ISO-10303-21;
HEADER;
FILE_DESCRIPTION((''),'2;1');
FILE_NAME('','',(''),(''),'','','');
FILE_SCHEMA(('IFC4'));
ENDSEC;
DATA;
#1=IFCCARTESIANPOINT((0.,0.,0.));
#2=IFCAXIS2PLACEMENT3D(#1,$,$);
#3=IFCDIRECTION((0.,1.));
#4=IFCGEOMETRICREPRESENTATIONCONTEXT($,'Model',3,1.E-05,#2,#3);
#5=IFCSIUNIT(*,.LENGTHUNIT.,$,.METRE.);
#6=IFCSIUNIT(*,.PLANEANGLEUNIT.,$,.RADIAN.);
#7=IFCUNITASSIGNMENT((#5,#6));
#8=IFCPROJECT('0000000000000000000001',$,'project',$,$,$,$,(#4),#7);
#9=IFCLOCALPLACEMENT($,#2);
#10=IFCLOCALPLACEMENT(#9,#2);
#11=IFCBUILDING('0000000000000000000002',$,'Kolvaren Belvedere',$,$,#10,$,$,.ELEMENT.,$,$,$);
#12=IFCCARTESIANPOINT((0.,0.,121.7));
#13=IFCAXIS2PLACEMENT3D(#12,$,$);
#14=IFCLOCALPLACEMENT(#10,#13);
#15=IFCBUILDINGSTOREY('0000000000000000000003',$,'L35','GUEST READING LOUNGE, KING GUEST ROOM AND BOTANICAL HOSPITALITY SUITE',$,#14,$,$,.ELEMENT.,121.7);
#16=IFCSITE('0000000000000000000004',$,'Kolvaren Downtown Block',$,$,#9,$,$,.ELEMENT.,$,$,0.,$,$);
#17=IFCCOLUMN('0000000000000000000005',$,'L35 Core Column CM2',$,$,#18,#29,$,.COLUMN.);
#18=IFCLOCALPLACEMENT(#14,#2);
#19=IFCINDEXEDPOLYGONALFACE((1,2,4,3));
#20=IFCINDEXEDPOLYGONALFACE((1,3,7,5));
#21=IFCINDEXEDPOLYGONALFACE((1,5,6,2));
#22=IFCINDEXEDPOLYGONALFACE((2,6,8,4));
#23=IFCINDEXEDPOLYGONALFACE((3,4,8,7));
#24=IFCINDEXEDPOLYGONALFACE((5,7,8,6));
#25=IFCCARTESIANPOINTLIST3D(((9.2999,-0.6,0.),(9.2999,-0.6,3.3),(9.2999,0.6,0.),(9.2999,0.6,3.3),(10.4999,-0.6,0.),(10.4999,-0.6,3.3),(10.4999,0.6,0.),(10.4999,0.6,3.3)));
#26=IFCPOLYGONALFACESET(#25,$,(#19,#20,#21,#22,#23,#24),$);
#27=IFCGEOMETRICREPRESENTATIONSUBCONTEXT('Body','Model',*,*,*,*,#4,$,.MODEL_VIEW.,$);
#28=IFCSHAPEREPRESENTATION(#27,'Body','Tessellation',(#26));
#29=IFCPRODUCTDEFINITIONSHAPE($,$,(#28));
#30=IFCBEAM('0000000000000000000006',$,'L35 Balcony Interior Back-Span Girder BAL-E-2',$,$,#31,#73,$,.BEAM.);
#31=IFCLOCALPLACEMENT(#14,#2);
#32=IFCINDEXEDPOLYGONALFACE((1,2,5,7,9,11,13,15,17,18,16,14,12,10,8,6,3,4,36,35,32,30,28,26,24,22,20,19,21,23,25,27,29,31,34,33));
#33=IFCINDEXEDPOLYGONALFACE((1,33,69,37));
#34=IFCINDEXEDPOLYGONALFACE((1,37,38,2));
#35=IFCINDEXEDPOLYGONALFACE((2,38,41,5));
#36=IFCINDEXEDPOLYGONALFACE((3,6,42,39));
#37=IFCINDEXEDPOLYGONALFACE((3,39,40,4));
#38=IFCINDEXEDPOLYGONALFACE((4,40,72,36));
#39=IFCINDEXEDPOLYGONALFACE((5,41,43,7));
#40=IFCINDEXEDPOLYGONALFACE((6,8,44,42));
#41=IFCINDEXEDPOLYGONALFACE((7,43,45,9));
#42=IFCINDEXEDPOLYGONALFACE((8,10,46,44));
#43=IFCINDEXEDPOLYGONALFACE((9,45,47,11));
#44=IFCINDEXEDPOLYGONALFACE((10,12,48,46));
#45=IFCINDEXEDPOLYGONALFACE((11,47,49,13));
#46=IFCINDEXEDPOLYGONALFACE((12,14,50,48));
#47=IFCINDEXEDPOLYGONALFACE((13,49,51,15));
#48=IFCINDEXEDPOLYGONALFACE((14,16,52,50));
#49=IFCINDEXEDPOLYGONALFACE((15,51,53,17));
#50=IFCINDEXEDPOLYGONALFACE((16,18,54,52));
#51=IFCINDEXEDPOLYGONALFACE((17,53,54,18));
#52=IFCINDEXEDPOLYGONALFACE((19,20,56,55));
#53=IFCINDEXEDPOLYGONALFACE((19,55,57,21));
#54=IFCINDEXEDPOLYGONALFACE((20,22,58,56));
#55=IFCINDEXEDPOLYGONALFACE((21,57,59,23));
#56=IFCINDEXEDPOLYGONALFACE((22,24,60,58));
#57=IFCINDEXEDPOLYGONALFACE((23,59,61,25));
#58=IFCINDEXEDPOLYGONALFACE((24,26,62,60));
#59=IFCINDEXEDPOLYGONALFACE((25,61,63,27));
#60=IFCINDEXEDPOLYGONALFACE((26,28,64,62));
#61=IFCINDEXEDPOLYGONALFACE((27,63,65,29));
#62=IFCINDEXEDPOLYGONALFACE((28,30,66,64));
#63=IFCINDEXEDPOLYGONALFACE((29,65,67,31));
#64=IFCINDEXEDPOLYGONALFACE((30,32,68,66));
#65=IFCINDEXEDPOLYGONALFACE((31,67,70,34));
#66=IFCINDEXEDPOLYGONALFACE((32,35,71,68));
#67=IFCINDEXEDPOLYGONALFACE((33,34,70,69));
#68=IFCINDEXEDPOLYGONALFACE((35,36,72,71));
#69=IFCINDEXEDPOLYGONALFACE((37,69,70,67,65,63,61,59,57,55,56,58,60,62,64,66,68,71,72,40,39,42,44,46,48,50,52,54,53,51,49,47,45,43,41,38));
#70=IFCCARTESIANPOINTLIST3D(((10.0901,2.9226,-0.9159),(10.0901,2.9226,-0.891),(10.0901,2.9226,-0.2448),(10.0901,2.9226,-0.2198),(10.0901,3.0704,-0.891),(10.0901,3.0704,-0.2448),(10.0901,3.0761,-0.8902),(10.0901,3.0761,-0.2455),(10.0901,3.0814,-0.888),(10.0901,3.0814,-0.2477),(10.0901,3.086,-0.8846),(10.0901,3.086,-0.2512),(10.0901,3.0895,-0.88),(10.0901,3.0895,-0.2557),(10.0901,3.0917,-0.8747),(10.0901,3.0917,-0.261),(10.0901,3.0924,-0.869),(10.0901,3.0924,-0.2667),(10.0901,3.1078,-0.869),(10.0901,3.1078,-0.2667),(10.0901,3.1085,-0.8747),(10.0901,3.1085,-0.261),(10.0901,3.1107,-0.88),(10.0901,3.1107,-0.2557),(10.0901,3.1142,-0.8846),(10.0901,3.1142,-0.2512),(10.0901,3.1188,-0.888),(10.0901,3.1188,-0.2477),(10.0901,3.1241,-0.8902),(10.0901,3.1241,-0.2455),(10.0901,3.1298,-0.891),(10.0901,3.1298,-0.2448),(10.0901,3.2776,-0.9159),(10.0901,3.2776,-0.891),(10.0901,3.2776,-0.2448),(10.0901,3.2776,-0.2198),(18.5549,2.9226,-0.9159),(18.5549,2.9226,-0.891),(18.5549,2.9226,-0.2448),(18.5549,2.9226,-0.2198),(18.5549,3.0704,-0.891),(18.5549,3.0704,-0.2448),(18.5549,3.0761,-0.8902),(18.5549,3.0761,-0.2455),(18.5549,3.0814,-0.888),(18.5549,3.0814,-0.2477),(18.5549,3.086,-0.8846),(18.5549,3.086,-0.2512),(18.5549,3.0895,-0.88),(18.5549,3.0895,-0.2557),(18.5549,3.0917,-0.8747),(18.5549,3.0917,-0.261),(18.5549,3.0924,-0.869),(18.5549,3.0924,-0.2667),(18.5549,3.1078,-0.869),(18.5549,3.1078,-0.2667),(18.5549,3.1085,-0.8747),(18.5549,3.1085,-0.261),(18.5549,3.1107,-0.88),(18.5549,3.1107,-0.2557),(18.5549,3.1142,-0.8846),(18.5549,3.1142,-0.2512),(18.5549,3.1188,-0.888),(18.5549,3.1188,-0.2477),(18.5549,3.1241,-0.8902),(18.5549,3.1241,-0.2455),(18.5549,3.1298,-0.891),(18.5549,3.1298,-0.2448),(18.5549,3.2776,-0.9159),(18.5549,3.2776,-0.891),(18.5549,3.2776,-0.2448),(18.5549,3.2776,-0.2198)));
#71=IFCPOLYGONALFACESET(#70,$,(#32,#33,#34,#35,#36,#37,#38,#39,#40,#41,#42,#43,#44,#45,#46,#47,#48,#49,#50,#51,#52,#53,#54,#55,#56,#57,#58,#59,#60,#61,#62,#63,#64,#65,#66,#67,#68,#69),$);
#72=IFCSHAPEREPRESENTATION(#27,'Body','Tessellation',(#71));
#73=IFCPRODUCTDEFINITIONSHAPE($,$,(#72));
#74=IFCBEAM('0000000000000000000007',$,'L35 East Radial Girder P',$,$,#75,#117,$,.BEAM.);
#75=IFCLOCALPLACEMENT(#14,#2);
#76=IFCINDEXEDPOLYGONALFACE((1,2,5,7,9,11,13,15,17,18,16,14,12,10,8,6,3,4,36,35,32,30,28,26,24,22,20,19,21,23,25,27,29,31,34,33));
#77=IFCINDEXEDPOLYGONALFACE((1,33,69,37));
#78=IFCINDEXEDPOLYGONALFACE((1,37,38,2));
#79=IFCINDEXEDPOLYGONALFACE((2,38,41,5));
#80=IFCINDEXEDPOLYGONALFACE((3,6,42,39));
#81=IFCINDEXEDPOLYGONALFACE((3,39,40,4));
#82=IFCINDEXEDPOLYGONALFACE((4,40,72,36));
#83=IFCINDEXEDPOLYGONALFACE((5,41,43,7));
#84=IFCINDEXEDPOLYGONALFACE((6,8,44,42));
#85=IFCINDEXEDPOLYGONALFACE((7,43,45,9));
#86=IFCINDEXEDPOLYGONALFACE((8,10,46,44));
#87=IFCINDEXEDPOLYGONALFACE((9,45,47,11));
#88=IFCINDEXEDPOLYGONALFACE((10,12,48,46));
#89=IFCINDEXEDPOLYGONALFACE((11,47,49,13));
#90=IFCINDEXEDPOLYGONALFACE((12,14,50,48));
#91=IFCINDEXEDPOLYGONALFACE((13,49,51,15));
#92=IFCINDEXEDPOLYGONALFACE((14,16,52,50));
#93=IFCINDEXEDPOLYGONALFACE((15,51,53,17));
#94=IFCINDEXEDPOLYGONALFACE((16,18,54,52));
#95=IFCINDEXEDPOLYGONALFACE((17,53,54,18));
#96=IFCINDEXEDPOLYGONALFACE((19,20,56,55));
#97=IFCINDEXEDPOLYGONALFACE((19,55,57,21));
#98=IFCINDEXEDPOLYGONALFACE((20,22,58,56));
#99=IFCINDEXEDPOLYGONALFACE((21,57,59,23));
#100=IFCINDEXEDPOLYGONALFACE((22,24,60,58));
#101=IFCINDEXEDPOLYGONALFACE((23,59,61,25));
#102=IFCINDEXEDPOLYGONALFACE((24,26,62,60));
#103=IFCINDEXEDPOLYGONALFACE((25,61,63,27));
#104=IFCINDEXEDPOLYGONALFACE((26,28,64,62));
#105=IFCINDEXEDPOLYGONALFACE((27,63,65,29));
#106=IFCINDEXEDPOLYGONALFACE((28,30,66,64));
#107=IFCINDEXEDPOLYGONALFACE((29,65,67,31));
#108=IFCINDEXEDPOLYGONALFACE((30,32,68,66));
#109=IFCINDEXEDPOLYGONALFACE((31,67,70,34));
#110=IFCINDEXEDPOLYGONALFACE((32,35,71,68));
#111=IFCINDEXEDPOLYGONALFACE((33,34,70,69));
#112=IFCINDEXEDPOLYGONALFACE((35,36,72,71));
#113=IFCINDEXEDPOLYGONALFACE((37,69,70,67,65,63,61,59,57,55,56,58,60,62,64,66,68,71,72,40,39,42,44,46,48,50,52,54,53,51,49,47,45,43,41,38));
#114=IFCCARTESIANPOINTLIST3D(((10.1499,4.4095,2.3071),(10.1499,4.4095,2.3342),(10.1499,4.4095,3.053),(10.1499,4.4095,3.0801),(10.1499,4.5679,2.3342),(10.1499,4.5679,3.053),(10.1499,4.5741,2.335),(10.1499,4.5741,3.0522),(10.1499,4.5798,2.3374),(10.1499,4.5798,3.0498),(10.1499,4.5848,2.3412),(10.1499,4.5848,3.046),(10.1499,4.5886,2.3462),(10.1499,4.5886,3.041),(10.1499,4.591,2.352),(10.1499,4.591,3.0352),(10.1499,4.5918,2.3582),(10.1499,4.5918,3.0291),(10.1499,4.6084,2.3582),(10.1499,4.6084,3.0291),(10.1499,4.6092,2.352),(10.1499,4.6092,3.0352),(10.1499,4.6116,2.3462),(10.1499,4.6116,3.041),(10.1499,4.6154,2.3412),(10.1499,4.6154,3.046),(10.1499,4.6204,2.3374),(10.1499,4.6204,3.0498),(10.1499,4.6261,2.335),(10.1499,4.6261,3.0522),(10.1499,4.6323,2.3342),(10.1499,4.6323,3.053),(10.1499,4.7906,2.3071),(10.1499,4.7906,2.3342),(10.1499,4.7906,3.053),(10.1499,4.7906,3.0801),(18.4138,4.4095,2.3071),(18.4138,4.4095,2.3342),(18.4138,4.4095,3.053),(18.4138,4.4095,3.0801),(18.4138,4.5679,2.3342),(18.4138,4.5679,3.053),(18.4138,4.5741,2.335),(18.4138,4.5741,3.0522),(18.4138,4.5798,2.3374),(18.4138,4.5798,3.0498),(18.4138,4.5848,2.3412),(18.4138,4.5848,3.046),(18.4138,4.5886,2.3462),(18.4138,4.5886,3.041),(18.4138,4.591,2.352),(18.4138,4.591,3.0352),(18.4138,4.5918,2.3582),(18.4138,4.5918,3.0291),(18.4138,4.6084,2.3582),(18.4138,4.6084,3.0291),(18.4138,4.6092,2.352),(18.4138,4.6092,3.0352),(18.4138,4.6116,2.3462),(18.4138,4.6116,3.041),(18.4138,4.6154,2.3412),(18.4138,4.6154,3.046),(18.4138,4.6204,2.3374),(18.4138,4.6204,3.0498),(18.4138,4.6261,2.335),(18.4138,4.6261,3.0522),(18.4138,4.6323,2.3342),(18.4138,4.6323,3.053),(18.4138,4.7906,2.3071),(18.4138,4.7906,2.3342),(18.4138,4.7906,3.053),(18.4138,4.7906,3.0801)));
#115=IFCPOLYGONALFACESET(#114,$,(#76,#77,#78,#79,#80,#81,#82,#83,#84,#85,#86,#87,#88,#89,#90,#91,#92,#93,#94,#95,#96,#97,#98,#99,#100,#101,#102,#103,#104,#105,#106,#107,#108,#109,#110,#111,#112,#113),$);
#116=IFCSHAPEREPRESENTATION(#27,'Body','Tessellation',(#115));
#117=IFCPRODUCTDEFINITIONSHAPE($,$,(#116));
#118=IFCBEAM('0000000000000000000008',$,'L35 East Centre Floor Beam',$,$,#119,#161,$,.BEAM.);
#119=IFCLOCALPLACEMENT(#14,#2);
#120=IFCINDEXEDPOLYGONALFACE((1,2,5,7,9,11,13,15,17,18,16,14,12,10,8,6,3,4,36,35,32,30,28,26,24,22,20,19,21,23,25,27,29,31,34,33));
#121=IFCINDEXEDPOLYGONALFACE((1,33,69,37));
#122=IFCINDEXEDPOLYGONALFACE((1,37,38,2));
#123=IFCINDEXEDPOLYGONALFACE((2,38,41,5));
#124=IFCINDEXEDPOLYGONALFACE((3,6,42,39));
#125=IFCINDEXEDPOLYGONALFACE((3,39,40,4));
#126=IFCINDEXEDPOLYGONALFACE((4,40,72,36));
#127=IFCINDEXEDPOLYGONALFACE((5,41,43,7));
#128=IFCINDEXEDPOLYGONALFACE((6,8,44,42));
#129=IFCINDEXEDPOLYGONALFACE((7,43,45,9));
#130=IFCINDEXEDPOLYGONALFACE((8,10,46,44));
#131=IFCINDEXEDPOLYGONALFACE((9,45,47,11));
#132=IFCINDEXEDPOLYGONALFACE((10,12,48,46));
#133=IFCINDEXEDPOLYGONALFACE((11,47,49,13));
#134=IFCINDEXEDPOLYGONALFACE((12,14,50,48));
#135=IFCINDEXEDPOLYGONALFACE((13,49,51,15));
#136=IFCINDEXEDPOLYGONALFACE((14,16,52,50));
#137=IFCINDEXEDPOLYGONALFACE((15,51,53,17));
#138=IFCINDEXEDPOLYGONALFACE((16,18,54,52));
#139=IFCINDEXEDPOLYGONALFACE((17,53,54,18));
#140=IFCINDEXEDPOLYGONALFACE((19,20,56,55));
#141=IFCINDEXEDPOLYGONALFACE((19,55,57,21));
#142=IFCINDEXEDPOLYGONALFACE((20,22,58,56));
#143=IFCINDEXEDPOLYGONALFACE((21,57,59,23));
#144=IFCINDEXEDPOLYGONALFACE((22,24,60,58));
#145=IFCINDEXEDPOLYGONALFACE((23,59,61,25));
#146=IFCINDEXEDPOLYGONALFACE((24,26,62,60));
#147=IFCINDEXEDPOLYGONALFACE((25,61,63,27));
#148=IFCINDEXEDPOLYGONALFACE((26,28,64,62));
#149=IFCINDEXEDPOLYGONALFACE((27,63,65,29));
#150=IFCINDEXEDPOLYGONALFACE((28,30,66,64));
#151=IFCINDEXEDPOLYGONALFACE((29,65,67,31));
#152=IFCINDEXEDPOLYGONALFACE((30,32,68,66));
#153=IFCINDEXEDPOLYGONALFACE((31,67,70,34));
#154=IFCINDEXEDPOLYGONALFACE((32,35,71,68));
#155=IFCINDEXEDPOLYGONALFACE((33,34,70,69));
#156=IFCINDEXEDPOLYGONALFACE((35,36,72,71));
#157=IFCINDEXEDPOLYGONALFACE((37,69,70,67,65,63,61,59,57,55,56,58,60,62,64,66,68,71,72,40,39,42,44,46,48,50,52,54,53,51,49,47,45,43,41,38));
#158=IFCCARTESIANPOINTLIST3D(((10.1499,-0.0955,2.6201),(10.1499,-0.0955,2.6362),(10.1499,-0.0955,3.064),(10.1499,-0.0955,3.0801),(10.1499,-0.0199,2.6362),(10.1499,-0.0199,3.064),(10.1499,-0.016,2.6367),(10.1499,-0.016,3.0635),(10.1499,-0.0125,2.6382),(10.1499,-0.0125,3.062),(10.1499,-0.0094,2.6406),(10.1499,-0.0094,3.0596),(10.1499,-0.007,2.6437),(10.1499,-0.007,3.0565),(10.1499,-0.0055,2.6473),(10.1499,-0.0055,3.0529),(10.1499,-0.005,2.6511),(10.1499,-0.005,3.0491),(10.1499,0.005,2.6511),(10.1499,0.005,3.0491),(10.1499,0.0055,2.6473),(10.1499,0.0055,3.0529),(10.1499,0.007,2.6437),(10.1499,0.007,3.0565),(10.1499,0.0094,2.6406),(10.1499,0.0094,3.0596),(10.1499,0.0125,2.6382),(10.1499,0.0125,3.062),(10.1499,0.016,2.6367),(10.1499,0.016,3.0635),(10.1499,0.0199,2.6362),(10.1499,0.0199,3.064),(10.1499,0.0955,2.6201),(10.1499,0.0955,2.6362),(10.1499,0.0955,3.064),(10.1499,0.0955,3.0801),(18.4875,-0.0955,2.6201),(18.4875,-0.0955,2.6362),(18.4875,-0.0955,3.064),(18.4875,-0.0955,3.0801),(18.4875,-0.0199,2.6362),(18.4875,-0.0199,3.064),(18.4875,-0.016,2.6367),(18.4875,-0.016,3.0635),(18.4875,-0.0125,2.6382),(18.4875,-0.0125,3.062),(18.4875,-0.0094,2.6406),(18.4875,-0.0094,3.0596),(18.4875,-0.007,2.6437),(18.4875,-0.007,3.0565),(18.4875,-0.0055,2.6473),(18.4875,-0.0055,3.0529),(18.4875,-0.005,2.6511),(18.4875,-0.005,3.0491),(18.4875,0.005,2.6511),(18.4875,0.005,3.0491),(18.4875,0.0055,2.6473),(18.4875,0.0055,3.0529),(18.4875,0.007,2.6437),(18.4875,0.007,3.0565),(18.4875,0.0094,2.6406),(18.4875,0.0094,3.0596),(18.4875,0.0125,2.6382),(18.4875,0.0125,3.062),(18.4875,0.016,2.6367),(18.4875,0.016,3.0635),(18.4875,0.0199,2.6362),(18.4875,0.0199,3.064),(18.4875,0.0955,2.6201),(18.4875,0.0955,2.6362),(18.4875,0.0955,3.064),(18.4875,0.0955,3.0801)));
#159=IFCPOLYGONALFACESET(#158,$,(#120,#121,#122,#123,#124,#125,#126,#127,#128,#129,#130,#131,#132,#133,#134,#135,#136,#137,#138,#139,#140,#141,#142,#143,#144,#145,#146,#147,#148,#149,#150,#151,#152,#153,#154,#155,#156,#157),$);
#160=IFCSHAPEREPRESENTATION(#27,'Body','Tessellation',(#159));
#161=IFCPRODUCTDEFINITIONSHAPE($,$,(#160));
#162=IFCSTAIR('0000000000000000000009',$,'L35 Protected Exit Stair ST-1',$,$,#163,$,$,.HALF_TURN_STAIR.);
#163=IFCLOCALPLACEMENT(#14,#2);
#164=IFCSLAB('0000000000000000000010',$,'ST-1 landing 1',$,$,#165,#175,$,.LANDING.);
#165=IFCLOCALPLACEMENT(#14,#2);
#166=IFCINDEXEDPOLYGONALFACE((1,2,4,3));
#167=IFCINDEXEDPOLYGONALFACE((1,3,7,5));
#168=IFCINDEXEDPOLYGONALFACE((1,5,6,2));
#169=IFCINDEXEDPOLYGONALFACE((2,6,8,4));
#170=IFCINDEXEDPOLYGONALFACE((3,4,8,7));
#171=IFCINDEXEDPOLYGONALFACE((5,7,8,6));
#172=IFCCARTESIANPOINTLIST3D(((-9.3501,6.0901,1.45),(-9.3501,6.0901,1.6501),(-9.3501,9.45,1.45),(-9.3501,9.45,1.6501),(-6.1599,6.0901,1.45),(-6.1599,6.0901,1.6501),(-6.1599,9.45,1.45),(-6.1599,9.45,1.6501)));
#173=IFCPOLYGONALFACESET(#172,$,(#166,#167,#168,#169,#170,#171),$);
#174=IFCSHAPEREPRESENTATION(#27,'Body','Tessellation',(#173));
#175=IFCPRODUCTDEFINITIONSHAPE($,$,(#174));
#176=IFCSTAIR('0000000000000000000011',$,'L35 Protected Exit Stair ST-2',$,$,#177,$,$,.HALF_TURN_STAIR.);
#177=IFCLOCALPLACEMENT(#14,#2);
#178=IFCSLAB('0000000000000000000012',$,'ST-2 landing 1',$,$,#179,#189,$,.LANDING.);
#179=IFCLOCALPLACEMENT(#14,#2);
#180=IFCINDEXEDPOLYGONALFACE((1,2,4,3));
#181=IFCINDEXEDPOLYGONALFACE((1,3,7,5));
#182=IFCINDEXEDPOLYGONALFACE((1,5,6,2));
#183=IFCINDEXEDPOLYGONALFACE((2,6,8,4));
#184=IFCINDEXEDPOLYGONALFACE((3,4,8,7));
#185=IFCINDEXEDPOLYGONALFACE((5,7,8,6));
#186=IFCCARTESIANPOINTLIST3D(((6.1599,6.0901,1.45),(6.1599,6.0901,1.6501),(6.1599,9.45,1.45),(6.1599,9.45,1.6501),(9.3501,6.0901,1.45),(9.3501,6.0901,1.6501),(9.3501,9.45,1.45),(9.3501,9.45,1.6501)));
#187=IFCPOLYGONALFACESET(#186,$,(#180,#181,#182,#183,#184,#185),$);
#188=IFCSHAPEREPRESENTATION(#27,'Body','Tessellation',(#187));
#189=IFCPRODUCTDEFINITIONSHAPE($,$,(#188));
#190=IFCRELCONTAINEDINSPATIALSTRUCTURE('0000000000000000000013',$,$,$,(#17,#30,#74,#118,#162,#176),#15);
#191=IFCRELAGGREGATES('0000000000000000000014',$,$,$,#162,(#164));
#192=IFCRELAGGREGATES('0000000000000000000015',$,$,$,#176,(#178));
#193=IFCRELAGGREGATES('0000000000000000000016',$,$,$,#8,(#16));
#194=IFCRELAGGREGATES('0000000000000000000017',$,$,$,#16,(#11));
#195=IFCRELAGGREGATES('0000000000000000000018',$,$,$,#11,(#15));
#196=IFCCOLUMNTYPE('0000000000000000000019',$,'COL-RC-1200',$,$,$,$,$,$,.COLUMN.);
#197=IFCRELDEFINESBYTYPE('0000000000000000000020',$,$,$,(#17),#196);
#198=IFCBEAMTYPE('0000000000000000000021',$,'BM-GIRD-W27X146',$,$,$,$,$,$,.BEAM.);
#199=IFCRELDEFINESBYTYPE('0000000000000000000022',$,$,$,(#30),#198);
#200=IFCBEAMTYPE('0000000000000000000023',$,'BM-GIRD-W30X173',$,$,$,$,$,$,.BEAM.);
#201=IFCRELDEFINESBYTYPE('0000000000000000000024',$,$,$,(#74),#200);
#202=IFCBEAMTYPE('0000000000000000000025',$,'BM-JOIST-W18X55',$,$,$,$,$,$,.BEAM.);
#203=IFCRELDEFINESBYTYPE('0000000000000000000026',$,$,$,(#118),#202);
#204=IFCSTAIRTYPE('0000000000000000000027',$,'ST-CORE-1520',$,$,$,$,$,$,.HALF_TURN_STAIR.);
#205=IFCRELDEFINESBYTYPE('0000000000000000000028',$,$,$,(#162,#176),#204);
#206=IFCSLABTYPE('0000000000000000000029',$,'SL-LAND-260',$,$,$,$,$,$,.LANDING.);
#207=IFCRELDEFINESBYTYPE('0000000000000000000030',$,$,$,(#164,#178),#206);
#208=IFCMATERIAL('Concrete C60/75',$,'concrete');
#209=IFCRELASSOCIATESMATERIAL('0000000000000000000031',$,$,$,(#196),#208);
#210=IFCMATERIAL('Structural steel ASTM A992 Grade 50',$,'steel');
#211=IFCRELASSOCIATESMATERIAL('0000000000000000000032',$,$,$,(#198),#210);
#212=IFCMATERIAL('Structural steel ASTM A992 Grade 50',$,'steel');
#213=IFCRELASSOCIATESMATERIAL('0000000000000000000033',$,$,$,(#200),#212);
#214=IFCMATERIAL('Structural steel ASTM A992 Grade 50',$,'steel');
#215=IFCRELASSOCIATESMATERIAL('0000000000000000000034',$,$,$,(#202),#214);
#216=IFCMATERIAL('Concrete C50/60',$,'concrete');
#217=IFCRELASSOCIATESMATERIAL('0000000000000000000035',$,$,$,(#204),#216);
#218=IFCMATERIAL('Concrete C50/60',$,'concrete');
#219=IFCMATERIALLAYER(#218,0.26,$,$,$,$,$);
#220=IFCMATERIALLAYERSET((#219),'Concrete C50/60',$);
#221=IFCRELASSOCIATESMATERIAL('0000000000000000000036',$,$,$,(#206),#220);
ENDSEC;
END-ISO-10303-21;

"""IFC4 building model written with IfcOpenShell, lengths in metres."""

from ifc_helpers import new_model, si_unit, direction, frame, origin, origin_2d, place, context, subcontext, project, spatial, polyline, rectangle, i_section, outline, extrude, material, layer, layer_set, material_profile, profile_set, type_object, element, aggregate, save


model = new_model("IFC4")

# Units and contexts
model_context = context("Model", 3, precision=1e-05, world=origin(), true_north=direction((0.0, 1.0)))
body_context = subcontext(model_context, "Body", "Model", "MODEL_VIEW")
ifc_project = project(units=[si_unit("LENGTHUNIT", "METRE"), si_unit("PLANEANGLEUNIT", "RADIAN")], contexts=[model_context])

# Site, building, storey
site_placement = place(None, origin())
site = spatial("IfcSite", under=ifc_project, at=site_placement, Name="Kolvaren Downtown Block", CompositionType="ELEMENT", RefElevation=0.0)
building_placement = place(site_placement, origin())
building = spatial("IfcBuilding", under=site, at=building_placement, Name="Kolvaren Belvedere", CompositionType="ELEMENT")
storey_placement = place(building_placement, frame((0.0, 0.0, 121.7)))
storey = spatial("IfcBuildingStorey", under=building, at=storey_placement, Name="L35", Description="GUEST READING LOUNGE, KING GUEST ROOM AND BOTANICAL HOSPITALITY SUITE", CompositionType="ELEMENT", Elevation=121.7)

# Column
ifc_material_1 = material(Name="Concrete C60/75", Category="concrete")
ifc_material_profile_1 = material_profile(ifc_material_1, rectangle(XDim=1.2, YDim=1.2, at=origin_2d()), Name="RC 1200X1200")
ifc_profile_set_1 = profile_set([ifc_material_profile_1], Name="Concrete C60/75")
column_type = type_object("IfcColumnType", Name="COL-RC-1200", PredefinedType="COLUMN", material=ifc_profile_set_1)
column_placement = place(storey_placement, frame((9.8999, 0.0, 0.0), z_axis=(0.0, 0.0, 1.0), x_axis=(1.0, 0.0, 0.0)))
element("IfcColumn", 1, at=column_placement, inside=storey, type_object=column_type, Name="L35 Core Column CM2", PredefinedType="COLUMN", context=body_context, shape_type="SweptSolid", body=[
    extrude(rectangle(XDim=1.2, YDim=1.2, at=origin_2d()), origin(), (0.0, 0.0, 1.0), 3.3),
])

# Beams
ifc_material_2 = material(Name="Structural steel ASTM A992 Grade 50", Category="steel")
ifc_material_profile_2 = material_profile(ifc_material_2, i_section(OverallWidth=0.355, OverallDepth=0.696, WebThickness=0.0154, FlangeThickness=0.0249, FilletRadius=0.022, at=origin_2d()), Name="W27X146")
ifc_profile_set_2 = profile_set([ifc_material_profile_2], Name="Structural steel ASTM A992 Grade 50")
beam_type_1 = type_object("IfcBeamType", Name="BM-GIRD-W27X146", PredefinedType="BEAM", material=ifc_profile_set_2)
beam_1_placement = place(storey_placement, frame((10.0901, 3.1001, -0.5679), z_axis=(1.0, 0.0, 0.0), x_axis=(0.0, 1.0, 0.0)))
element("IfcBeam", 2, at=beam_1_placement, inside=storey, type_object=beam_type_1, Name="L35 Balcony Interior Back-Span Girder BAL-E-2", PredefinedType="BEAM", context=body_context, shape_type="SweptSolid", body=[
    extrude(i_section(OverallWidth=0.355, OverallDepth=0.696, WebThickness=0.0154, FlangeThickness=0.0249, FilletRadius=0.022, at=origin_2d()), origin(), (0.0, 0.0, 1.0), 8.4648),
])
ifc_material_3 = material(Name="Structural steel ASTM A992 Grade 50", Category="steel")
ifc_material_profile_3 = material_profile(ifc_material_3, i_section(OverallWidth=0.3811, OverallDepth=0.7729, WebThickness=0.0166, FlangeThickness=0.0271, FilletRadius=0.0239, at=origin_2d()), Name="W30X173")
ifc_profile_set_3 = profile_set([ifc_material_profile_3], Name="Structural steel ASTM A992 Grade 50")
beam_type_2 = type_object("IfcBeamType", Name="BM-GIRD-W30X173", PredefinedType="BEAM", material=ifc_profile_set_3)
beam_2_placement = place(storey_placement, frame((10.1499, 4.6001, 2.6936), z_axis=(1.0, 0.0, 0.0), x_axis=(0.0, 1.0, 0.0)))
element("IfcBeam", 3, at=beam_2_placement, inside=storey, type_object=beam_type_2, Name="L35 East Radial Girder P", PredefinedType="BEAM", context=body_context, shape_type="SweptSolid", body=[
    extrude(i_section(OverallWidth=0.3811, OverallDepth=0.7729, WebThickness=0.0166, FlangeThickness=0.0271, FilletRadius=0.0239, at=origin_2d()), origin(), (0.0, 0.0, 1.0), 8.2639),
])
ifc_material_4 = material(Name="Structural steel ASTM A992 Grade 50", Category="steel")
ifc_material_profile_4 = material_profile(ifc_material_4, i_section(OverallWidth=0.1909, OverallDepth=0.46, WebThickness=0.01, FlangeThickness=0.0161, FilletRadius=0.0149, at=origin_2d()), Name="W18X55")
ifc_profile_set_4 = profile_set([ifc_material_profile_4], Name="Structural steel ASTM A992 Grade 50")
beam_type_3 = type_object("IfcBeamType", Name="BM-JOIST-W18X55", PredefinedType="BEAM", material=ifc_profile_set_4)
beam_3_placement = place(storey_placement, frame((10.1499, 0.0, 2.8501), z_axis=(1.0, 0.0, 0.0), x_axis=(0.0, 1.0, 0.0)))
element("IfcBeam", 4, at=beam_3_placement, inside=storey, type_object=beam_type_3, Name="L35 East Centre Floor Beam", PredefinedType="BEAM", context=body_context, shape_type="SweptSolid", body=[
    extrude(i_section(OverallWidth=0.1909, OverallDepth=0.46, WebThickness=0.01, FlangeThickness=0.0161, FilletRadius=0.0149, at=origin_2d()), origin(), (0.0, 0.0, 1.0), 8.3376),
])

# Stairs, slabs
ifc_material_5 = material(Name="Concrete C50/60", Category="concrete")
stair_type = type_object("IfcStairType", Name="ST-CORE-1520", PredefinedType="HALF_TURN_STAIR", material=ifc_material_5)
stair_1_placement = place(storey_placement, origin())
stair_1 = element("IfcStair", 5, at=stair_1_placement, inside=storey, type_object=stair_type, Name="L35 Protected Exit Stair ST-1", PredefinedType="HALF_TURN_STAIR")
ifc_material_6 = material(Name="Concrete C50/60", Category="concrete")
ifc_layer_1 = layer(ifc_material_6, 0.26)
ifc_layer_set_1 = layer_set([ifc_layer_1], Name="Concrete C50/60")
slab_type = type_object("IfcSlabType", Name="SL-LAND-260", PredefinedType="LANDING", material=ifc_layer_set_1)
slab_1_placement = place(storey_placement, frame((0.0, 0.0, 1.45)))
slab_1 = element("IfcSlab", 6, at=slab_1_placement, type_object=slab_type, Name="ST-1 landing 1", PredefinedType="LANDING", context=body_context, shape_type="SweptSolid", body=[
    extrude(outline(polyline([(-6.1599, 6.0901), (-6.1599, 9.45), (-9.3501, 9.45), (-9.3501, 6.0901), (-6.1599, 6.0901)])), origin(), (0.0, 0.0, 1.0), 0.2002),
])
aggregate(stair_1, [slab_1])
stair_2_placement = place(storey_placement, origin())
stair_2 = element("IfcStair", 7, at=stair_2_placement, inside=storey, type_object=stair_type, Name="L35 Protected Exit Stair ST-2", PredefinedType="HALF_TURN_STAIR")
slab_2_placement = place(storey_placement, frame((0.0, 0.0, 1.45)))
slab_2 = element("IfcSlab", 8, at=slab_2_placement, type_object=slab_type, Name="ST-2 landing 1", PredefinedType="LANDING", context=body_context, shape_type="SweptSolid", body=[
    extrude(outline(polyline([(9.3501, 6.0901), (9.3501, 9.45), (6.1599, 9.45), (6.1599, 6.0901), (9.3501, 6.0901)])), origin(), (0.0, 0.0, 1.0), 0.2002),
])

aggregate(stair_2, [slab_2])

save(model, "model.ifc")
